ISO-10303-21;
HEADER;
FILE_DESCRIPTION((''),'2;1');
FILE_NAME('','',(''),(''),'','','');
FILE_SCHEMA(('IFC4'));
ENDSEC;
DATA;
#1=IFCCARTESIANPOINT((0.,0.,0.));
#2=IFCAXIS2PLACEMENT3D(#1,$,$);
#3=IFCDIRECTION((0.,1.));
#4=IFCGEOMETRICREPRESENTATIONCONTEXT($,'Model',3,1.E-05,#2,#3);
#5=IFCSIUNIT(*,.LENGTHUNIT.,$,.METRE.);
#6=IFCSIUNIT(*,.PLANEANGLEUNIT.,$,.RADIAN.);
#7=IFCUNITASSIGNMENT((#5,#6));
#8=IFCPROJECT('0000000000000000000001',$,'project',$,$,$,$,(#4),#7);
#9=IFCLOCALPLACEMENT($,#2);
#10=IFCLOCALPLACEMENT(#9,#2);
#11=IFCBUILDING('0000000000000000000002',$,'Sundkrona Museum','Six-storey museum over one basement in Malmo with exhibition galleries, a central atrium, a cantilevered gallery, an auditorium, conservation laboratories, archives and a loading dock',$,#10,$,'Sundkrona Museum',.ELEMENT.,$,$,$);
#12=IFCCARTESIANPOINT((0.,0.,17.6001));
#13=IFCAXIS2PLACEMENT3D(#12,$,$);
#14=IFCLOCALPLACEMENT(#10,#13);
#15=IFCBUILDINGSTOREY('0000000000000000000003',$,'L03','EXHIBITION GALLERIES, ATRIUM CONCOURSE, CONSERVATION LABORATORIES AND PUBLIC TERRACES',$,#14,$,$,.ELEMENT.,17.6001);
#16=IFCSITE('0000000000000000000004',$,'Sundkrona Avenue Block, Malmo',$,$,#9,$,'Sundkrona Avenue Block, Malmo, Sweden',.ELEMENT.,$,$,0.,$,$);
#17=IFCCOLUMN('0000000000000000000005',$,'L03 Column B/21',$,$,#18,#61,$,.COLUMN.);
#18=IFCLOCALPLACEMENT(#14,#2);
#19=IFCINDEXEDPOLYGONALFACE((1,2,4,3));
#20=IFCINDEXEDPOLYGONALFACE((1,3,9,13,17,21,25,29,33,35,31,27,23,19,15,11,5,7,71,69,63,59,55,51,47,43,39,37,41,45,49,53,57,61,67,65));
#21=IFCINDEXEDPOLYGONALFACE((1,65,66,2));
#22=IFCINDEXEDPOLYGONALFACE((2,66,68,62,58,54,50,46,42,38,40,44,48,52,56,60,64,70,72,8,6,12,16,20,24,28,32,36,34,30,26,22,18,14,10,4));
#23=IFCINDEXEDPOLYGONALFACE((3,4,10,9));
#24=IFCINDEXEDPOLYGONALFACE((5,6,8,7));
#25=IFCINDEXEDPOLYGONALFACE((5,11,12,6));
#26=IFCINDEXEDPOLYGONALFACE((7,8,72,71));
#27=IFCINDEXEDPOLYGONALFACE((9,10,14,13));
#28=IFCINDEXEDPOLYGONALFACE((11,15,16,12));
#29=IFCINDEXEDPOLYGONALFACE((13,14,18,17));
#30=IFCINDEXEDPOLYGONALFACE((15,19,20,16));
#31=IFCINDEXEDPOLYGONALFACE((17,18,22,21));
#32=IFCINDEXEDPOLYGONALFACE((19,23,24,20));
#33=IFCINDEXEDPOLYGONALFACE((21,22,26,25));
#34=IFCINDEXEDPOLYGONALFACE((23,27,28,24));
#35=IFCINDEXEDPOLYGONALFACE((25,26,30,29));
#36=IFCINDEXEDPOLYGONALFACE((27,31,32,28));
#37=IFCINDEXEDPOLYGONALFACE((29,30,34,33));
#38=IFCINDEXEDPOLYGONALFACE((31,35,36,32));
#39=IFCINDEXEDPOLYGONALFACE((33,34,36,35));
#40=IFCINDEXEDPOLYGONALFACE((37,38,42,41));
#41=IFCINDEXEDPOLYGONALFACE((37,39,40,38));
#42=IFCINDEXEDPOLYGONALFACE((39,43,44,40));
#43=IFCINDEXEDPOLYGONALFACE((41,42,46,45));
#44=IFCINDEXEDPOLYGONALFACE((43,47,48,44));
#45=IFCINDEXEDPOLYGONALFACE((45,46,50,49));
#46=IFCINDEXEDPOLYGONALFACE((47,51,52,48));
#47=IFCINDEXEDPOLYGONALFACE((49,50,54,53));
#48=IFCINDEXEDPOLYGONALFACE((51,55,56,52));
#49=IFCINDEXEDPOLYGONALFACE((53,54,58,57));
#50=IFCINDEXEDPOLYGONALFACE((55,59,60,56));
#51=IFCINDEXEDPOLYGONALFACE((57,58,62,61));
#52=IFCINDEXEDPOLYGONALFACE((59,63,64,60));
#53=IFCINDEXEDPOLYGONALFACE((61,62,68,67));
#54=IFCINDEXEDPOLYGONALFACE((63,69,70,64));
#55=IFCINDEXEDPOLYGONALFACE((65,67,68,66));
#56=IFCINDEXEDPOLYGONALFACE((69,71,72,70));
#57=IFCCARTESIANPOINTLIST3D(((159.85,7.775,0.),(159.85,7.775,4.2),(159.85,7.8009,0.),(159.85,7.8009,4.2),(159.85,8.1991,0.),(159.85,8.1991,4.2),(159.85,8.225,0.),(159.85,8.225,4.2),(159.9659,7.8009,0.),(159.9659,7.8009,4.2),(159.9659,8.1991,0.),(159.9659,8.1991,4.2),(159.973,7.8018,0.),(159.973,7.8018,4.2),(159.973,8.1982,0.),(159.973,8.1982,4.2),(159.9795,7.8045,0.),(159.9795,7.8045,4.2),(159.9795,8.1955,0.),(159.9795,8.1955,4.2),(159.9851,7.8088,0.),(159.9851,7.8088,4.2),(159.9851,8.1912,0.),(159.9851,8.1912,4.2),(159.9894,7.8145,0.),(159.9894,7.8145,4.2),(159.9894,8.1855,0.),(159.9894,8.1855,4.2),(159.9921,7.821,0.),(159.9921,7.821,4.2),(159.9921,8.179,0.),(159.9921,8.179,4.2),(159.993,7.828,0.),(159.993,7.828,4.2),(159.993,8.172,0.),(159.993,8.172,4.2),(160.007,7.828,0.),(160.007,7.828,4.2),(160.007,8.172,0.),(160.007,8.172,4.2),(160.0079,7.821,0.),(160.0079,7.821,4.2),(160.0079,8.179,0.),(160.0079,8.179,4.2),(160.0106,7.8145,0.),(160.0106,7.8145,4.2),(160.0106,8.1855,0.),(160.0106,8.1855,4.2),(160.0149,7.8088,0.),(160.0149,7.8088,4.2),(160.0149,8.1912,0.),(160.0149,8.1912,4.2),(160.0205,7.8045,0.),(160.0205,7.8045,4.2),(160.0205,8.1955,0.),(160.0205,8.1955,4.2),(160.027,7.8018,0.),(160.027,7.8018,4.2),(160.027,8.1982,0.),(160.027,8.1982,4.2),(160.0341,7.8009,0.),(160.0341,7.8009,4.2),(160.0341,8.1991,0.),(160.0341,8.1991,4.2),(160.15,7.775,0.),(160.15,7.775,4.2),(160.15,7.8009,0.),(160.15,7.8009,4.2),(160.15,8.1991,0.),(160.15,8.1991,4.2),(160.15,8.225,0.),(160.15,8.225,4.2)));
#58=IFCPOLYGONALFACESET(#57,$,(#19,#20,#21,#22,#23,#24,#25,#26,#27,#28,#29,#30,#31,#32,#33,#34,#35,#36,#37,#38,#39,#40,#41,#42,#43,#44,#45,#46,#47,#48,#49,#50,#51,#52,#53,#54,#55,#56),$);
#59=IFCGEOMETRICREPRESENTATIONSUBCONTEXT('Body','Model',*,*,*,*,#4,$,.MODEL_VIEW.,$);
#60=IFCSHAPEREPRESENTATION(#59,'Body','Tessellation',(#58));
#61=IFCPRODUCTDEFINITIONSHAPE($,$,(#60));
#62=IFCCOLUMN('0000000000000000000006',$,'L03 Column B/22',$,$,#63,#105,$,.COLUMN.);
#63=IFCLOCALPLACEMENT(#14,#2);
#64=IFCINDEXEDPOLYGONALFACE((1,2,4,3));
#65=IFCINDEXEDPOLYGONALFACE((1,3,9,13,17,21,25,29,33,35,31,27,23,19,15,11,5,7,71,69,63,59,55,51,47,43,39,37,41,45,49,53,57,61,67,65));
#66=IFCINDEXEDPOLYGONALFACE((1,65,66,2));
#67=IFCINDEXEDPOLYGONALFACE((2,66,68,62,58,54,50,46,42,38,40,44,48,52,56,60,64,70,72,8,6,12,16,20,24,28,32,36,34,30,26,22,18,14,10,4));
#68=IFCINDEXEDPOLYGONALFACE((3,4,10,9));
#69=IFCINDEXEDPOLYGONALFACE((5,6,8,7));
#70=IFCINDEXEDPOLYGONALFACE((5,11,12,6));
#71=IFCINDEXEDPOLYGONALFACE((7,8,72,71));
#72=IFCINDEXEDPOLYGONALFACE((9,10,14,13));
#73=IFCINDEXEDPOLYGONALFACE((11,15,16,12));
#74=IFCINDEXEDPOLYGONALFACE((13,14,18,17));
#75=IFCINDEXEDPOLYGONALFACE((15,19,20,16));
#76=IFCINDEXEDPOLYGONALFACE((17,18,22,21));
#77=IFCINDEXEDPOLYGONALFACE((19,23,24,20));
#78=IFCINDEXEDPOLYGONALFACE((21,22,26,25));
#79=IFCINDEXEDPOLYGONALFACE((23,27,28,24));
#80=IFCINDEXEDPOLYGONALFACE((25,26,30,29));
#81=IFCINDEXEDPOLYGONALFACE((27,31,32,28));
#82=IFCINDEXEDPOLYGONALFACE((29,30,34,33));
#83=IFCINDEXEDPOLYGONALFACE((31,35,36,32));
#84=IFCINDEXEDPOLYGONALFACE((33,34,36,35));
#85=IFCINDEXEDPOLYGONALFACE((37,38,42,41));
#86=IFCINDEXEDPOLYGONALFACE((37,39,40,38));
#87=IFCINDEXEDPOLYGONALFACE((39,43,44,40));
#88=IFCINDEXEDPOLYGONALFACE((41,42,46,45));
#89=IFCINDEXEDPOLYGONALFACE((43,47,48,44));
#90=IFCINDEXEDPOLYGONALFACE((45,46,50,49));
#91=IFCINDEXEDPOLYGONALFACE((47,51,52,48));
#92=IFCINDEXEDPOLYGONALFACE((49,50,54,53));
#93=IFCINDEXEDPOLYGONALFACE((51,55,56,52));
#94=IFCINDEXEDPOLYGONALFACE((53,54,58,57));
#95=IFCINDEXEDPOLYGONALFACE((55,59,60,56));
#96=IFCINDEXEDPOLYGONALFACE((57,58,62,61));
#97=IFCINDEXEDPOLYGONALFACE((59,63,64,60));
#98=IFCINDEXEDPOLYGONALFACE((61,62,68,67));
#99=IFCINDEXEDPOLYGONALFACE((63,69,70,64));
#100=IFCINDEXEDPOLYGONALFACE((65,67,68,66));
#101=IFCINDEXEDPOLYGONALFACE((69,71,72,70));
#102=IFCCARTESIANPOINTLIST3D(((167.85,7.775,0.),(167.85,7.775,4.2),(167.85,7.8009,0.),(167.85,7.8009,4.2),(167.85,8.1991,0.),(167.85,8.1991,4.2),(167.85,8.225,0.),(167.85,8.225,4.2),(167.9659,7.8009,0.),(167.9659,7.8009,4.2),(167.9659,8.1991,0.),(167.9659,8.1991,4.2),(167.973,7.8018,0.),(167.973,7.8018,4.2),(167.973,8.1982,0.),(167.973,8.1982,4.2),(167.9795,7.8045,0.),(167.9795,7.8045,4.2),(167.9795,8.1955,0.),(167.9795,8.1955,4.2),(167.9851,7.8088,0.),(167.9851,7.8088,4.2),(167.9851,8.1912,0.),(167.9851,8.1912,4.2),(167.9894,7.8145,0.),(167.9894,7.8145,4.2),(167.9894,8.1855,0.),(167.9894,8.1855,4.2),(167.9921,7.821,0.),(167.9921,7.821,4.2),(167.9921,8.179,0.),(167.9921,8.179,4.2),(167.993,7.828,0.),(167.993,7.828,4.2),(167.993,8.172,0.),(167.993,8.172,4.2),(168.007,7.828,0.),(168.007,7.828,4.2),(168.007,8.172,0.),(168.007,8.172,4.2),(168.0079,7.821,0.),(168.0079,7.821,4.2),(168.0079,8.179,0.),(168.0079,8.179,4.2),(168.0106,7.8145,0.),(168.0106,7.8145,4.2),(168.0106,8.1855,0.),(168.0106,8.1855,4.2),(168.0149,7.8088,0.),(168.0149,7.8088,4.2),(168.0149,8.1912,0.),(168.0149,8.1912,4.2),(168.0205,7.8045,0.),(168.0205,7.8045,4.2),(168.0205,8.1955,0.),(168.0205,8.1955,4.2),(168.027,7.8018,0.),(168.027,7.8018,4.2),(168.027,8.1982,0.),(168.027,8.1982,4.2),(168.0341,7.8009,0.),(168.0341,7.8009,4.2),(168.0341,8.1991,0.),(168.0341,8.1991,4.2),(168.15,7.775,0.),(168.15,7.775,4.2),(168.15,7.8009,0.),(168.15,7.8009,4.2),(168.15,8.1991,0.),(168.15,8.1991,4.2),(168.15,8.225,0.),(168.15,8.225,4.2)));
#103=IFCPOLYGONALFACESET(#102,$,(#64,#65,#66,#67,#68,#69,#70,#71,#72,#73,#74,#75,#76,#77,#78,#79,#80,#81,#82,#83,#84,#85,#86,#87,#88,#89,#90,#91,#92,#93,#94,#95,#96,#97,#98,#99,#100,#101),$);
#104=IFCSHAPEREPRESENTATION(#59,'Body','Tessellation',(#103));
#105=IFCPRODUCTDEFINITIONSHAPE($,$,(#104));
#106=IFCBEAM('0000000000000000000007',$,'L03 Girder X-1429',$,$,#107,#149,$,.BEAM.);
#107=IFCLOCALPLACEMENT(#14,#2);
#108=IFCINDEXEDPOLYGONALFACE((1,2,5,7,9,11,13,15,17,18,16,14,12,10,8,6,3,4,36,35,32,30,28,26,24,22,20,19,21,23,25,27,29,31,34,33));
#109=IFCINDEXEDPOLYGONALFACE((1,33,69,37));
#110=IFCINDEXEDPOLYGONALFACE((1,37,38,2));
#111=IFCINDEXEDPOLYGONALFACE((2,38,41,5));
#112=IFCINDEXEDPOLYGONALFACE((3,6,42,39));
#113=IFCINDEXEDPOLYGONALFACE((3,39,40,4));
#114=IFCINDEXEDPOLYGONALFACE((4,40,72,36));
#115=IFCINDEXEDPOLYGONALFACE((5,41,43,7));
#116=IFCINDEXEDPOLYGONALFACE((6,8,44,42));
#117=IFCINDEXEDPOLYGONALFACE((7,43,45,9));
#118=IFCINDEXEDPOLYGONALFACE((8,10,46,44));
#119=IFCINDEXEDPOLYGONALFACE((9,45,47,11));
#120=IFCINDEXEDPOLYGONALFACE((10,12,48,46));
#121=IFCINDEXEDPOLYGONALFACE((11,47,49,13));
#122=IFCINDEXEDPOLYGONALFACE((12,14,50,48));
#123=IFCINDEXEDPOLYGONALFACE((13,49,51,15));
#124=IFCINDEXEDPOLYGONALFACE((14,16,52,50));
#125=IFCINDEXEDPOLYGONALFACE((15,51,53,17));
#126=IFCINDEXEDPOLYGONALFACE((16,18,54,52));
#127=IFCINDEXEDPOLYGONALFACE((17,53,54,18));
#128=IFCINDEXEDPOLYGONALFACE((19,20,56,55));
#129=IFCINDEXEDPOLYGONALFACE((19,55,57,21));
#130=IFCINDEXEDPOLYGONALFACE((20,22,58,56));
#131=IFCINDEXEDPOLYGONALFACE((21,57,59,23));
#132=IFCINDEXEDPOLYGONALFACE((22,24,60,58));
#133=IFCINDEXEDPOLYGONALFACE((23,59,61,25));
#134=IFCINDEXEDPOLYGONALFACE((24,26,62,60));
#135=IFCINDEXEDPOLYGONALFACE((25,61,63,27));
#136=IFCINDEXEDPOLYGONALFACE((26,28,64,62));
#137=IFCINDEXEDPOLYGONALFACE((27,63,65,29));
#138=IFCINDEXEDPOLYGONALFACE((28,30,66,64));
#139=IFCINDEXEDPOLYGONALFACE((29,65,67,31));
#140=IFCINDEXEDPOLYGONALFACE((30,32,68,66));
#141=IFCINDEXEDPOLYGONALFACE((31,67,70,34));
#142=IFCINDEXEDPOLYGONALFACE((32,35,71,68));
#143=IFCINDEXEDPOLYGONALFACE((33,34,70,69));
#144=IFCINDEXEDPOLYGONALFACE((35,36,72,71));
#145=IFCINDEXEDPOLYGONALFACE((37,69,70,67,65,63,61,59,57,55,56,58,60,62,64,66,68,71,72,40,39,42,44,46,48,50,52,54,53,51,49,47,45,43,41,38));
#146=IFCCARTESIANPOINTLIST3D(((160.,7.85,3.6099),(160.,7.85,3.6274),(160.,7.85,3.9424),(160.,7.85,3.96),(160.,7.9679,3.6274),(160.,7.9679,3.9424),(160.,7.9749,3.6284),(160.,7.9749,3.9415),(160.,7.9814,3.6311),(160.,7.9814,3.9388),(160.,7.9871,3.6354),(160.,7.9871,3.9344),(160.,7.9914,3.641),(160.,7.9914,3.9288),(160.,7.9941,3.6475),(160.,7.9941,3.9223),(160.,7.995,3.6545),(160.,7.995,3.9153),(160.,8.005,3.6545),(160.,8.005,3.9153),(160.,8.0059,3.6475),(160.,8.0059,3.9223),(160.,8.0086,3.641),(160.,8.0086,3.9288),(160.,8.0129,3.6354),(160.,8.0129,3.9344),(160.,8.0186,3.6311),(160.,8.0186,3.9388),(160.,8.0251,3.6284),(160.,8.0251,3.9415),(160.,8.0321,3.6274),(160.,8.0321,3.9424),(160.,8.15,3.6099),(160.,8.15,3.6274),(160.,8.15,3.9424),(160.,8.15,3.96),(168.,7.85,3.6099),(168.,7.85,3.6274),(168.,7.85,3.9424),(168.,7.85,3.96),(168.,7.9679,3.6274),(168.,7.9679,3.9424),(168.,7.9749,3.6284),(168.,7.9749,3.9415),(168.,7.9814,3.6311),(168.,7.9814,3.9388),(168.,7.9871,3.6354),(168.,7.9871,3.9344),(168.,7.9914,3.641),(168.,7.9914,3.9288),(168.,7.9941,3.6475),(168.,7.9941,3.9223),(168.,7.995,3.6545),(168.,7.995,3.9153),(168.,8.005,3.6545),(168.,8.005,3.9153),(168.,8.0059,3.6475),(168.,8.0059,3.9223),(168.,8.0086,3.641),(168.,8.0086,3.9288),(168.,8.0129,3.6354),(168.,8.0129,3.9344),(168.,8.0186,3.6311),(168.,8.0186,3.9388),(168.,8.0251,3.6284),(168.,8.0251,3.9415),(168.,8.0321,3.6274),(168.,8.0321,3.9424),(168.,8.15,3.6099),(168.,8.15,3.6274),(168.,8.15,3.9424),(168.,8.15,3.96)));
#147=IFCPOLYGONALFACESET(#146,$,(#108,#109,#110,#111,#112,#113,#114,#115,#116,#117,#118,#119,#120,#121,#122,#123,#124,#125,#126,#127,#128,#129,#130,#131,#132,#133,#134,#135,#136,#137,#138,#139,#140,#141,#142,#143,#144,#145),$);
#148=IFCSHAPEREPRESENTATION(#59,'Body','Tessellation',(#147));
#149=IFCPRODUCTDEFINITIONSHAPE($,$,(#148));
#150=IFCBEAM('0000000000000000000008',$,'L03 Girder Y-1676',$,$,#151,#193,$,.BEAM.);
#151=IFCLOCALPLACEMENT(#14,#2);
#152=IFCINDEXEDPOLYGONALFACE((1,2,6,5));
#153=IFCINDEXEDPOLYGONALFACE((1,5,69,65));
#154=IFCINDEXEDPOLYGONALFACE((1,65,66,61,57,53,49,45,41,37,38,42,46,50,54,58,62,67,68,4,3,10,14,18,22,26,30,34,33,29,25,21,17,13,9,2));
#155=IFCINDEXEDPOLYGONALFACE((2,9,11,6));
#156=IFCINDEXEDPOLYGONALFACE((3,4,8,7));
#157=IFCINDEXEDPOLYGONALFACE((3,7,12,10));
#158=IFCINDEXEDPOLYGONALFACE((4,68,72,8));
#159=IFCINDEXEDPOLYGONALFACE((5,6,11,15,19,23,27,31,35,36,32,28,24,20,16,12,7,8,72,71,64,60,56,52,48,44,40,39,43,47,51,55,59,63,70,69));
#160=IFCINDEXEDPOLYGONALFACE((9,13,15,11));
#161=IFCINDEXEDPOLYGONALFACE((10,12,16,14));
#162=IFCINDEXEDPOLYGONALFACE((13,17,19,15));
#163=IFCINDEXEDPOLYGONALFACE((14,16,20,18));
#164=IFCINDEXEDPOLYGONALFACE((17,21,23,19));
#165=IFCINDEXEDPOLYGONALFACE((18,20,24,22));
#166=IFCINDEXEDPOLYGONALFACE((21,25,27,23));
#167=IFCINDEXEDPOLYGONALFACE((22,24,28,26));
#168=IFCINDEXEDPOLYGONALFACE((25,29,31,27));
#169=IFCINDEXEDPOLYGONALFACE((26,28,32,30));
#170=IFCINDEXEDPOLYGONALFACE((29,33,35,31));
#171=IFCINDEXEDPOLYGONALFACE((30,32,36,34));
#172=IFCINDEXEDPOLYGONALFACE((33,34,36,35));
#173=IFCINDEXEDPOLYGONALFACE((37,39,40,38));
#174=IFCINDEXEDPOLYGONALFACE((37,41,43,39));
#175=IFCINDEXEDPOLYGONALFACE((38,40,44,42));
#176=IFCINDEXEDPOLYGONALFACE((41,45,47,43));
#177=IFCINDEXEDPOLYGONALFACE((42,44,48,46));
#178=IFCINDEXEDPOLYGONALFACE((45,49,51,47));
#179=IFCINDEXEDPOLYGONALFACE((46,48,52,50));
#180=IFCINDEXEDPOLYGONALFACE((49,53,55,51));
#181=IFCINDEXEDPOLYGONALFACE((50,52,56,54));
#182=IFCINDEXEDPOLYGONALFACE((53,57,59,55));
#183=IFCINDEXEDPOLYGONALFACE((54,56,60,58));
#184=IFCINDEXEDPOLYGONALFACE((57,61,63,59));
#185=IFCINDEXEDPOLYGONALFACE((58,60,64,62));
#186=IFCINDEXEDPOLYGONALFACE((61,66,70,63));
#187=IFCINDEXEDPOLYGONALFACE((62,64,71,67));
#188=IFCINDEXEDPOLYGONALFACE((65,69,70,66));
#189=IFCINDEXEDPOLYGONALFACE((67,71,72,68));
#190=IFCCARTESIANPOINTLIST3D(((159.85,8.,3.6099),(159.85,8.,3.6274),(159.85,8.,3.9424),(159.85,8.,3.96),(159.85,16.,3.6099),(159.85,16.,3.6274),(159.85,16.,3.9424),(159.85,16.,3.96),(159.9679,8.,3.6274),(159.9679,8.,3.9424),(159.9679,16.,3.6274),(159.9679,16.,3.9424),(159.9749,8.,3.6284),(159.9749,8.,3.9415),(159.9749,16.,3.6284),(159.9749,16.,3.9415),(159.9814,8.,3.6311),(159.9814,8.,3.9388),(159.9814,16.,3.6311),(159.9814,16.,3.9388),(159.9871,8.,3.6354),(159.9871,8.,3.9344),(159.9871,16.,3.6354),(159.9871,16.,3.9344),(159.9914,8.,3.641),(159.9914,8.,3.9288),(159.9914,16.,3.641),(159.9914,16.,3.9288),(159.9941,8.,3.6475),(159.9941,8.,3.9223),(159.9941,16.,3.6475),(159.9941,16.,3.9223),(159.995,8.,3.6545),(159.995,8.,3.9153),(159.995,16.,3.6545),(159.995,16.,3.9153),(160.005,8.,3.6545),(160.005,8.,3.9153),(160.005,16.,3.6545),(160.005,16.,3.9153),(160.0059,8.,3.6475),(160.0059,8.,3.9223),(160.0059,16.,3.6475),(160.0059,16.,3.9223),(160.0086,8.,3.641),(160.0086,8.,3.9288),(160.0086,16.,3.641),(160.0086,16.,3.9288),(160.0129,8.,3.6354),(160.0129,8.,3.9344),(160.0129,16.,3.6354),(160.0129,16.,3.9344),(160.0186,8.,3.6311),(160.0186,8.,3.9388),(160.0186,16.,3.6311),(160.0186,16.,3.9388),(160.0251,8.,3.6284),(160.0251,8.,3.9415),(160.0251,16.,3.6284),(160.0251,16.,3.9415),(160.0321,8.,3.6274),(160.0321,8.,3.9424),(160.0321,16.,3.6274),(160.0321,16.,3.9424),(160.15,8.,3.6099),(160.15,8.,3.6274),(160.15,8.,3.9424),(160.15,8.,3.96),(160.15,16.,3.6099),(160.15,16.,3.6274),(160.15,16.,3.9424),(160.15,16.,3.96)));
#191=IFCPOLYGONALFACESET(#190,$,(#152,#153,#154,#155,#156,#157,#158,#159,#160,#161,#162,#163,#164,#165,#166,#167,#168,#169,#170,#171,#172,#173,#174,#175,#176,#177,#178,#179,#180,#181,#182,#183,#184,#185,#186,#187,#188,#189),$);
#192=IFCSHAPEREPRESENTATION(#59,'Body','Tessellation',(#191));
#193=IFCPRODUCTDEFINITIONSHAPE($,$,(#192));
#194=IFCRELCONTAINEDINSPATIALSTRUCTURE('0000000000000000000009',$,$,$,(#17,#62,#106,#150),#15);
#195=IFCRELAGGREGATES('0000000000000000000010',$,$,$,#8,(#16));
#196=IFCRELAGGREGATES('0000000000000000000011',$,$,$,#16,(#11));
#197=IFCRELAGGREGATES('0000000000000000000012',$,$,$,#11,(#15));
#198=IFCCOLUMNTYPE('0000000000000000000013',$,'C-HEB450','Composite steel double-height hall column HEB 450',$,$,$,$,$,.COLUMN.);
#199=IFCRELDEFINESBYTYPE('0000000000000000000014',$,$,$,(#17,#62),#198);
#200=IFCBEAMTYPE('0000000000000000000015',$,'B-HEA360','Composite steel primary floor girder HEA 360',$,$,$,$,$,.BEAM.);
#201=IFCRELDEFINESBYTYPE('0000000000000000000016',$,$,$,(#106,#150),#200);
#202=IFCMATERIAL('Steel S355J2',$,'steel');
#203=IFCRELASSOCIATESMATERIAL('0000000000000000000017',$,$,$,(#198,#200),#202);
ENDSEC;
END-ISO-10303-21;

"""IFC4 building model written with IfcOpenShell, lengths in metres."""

from ifc_helpers import new_model, si_unit, direction, frame, origin, origin_2d, place, context, subcontext, project, spatial, i_section, extrude, material, material_profile, profile_set, type_object, element, save


model = new_model("IFC4")

# Units and contexts
model_context = context("Model", 3, precision=1e-05, world=origin(), true_north=direction((0.0, 1.0)))
body_context = subcontext(model_context, "Body", "Model", "MODEL_VIEW")
ifc_project = project(units=[si_unit("LENGTHUNIT", "METRE"), si_unit("PLANEANGLEUNIT", "RADIAN")], contexts=[model_context])

# Site, building, storey
site_placement = place(None, origin())
site = spatial("IfcSite", under=ifc_project, at=site_placement, Name="Sundkrona Avenue Block, Malmo", LongName="Sundkrona Avenue Block, Malmo, Sweden", CompositionType="ELEMENT", RefElevation=0.0)
building_placement = place(site_placement, origin())
building = spatial("IfcBuilding", under=site, at=building_placement, Name="Sundkrona Museum", Description="Six-storey museum over one basement in Malmo with exhibition galleries, a central atrium, a cantilevered gallery, an auditorium, conservation laboratories, archives and a loading dock", LongName="Sundkrona Museum", CompositionType="ELEMENT")
storey_placement = place(building_placement, frame((0.0, 0.0, 17.6001)))
storey = spatial("IfcBuildingStorey", under=building, at=storey_placement, Name="L03", Description="EXHIBITION GALLERIES, ATRIUM CONCOURSE, CONSERVATION LABORATORIES AND PUBLIC TERRACES", CompositionType="ELEMENT", Elevation=17.6001)

# Columns
ifc_material_1 = material(Name="Steel S355J2", Category="steel")
ifc_material_profile_1 = material_profile(ifc_material_1, i_section(OverallWidth=0.3, OverallDepth=0.45, WebThickness=0.0139, FlangeThickness=0.0259, FilletRadius=0.0271, at=origin_2d()), Name="HEB 450")
ifc_profile_set_1 = profile_set([ifc_material_profile_1], Name="Steel S355J2")
column_type = type_object("IfcColumnType", Name="C-HEB450", Description="Composite steel double-height hall column HEB 450", PredefinedType="COLUMN", material=ifc_profile_set_1)
for number, where, z_axis, x_axis, name in (
    (1, (160.0, 8.0, 0.0), (0.0, 0.0, 1.0), (1.0, 0.0, 0.0), "L03 Column B/21"),
    (2, (168.0, 8.0, 0.0), (0.0, 0.0, 1.0), (1.0, 0.0, 0.0), "L03 Column B/22"),
):
    element("IfcColumn", number, at=place(storey_placement, frame(where, z_axis=z_axis, x_axis=x_axis)), inside=storey, type_object=column_type, Name=name, PredefinedType="COLUMN", context=body_context, shape_type="SweptSolid", body=[
        extrude(i_section(OverallWidth=0.3, OverallDepth=0.45, WebThickness=0.0139, FlangeThickness=0.0259, FilletRadius=0.0271, at=origin_2d()), origin(), (0.0, 0.0, 1.0), 4.2),
    ])

# Beams
ifc_material_profile_2 = material_profile(ifc_material_1, i_section(OverallWidth=0.3, OverallDepth=0.3501, WebThickness=0.01, FlangeThickness=0.0176, FilletRadius=0.0271, at=origin_2d()), Name="HEA 360")
ifc_profile_set_2 = profile_set([ifc_material_profile_2], Name="Steel S355J2")
beam_type_1 = type_object("IfcBeamType", Name="B-HEA360", Description="Composite steel primary floor girder HEA 360", PredefinedType="BEAM", material=ifc_profile_set_2)
for number, where, z_axis, x_axis, name in (
    (3, (160.0, 8.0, 3.7849), (1.0, 0.0, 0.0), (0.0, 1.0, 0.0), "L03 Girder X-1429"),
    (4, (160.0, 8.0, 3.7849), (0.0, 1.0, 0.0), (-1.0, 0.0, 0.0), "L03 Girder Y-1676"),
):
    element("IfcBeam", number, at=place(storey_placement, frame(where, z_axis=z_axis, x_axis=x_axis)), inside=storey, type_object=beam_type_1, Name=name, PredefinedType="BEAM", context=body_context, shape_type="SweptSolid", body=[
        extrude(i_section(OverallWidth=0.3, OverallDepth=0.3501, WebThickness=0.01, FlangeThickness=0.0176, FilletRadius=0.0271, at=origin_2d()), origin(), (0.0, 0.0, 1.0), 8.0),
    ])

save(model, "model.ifc")
